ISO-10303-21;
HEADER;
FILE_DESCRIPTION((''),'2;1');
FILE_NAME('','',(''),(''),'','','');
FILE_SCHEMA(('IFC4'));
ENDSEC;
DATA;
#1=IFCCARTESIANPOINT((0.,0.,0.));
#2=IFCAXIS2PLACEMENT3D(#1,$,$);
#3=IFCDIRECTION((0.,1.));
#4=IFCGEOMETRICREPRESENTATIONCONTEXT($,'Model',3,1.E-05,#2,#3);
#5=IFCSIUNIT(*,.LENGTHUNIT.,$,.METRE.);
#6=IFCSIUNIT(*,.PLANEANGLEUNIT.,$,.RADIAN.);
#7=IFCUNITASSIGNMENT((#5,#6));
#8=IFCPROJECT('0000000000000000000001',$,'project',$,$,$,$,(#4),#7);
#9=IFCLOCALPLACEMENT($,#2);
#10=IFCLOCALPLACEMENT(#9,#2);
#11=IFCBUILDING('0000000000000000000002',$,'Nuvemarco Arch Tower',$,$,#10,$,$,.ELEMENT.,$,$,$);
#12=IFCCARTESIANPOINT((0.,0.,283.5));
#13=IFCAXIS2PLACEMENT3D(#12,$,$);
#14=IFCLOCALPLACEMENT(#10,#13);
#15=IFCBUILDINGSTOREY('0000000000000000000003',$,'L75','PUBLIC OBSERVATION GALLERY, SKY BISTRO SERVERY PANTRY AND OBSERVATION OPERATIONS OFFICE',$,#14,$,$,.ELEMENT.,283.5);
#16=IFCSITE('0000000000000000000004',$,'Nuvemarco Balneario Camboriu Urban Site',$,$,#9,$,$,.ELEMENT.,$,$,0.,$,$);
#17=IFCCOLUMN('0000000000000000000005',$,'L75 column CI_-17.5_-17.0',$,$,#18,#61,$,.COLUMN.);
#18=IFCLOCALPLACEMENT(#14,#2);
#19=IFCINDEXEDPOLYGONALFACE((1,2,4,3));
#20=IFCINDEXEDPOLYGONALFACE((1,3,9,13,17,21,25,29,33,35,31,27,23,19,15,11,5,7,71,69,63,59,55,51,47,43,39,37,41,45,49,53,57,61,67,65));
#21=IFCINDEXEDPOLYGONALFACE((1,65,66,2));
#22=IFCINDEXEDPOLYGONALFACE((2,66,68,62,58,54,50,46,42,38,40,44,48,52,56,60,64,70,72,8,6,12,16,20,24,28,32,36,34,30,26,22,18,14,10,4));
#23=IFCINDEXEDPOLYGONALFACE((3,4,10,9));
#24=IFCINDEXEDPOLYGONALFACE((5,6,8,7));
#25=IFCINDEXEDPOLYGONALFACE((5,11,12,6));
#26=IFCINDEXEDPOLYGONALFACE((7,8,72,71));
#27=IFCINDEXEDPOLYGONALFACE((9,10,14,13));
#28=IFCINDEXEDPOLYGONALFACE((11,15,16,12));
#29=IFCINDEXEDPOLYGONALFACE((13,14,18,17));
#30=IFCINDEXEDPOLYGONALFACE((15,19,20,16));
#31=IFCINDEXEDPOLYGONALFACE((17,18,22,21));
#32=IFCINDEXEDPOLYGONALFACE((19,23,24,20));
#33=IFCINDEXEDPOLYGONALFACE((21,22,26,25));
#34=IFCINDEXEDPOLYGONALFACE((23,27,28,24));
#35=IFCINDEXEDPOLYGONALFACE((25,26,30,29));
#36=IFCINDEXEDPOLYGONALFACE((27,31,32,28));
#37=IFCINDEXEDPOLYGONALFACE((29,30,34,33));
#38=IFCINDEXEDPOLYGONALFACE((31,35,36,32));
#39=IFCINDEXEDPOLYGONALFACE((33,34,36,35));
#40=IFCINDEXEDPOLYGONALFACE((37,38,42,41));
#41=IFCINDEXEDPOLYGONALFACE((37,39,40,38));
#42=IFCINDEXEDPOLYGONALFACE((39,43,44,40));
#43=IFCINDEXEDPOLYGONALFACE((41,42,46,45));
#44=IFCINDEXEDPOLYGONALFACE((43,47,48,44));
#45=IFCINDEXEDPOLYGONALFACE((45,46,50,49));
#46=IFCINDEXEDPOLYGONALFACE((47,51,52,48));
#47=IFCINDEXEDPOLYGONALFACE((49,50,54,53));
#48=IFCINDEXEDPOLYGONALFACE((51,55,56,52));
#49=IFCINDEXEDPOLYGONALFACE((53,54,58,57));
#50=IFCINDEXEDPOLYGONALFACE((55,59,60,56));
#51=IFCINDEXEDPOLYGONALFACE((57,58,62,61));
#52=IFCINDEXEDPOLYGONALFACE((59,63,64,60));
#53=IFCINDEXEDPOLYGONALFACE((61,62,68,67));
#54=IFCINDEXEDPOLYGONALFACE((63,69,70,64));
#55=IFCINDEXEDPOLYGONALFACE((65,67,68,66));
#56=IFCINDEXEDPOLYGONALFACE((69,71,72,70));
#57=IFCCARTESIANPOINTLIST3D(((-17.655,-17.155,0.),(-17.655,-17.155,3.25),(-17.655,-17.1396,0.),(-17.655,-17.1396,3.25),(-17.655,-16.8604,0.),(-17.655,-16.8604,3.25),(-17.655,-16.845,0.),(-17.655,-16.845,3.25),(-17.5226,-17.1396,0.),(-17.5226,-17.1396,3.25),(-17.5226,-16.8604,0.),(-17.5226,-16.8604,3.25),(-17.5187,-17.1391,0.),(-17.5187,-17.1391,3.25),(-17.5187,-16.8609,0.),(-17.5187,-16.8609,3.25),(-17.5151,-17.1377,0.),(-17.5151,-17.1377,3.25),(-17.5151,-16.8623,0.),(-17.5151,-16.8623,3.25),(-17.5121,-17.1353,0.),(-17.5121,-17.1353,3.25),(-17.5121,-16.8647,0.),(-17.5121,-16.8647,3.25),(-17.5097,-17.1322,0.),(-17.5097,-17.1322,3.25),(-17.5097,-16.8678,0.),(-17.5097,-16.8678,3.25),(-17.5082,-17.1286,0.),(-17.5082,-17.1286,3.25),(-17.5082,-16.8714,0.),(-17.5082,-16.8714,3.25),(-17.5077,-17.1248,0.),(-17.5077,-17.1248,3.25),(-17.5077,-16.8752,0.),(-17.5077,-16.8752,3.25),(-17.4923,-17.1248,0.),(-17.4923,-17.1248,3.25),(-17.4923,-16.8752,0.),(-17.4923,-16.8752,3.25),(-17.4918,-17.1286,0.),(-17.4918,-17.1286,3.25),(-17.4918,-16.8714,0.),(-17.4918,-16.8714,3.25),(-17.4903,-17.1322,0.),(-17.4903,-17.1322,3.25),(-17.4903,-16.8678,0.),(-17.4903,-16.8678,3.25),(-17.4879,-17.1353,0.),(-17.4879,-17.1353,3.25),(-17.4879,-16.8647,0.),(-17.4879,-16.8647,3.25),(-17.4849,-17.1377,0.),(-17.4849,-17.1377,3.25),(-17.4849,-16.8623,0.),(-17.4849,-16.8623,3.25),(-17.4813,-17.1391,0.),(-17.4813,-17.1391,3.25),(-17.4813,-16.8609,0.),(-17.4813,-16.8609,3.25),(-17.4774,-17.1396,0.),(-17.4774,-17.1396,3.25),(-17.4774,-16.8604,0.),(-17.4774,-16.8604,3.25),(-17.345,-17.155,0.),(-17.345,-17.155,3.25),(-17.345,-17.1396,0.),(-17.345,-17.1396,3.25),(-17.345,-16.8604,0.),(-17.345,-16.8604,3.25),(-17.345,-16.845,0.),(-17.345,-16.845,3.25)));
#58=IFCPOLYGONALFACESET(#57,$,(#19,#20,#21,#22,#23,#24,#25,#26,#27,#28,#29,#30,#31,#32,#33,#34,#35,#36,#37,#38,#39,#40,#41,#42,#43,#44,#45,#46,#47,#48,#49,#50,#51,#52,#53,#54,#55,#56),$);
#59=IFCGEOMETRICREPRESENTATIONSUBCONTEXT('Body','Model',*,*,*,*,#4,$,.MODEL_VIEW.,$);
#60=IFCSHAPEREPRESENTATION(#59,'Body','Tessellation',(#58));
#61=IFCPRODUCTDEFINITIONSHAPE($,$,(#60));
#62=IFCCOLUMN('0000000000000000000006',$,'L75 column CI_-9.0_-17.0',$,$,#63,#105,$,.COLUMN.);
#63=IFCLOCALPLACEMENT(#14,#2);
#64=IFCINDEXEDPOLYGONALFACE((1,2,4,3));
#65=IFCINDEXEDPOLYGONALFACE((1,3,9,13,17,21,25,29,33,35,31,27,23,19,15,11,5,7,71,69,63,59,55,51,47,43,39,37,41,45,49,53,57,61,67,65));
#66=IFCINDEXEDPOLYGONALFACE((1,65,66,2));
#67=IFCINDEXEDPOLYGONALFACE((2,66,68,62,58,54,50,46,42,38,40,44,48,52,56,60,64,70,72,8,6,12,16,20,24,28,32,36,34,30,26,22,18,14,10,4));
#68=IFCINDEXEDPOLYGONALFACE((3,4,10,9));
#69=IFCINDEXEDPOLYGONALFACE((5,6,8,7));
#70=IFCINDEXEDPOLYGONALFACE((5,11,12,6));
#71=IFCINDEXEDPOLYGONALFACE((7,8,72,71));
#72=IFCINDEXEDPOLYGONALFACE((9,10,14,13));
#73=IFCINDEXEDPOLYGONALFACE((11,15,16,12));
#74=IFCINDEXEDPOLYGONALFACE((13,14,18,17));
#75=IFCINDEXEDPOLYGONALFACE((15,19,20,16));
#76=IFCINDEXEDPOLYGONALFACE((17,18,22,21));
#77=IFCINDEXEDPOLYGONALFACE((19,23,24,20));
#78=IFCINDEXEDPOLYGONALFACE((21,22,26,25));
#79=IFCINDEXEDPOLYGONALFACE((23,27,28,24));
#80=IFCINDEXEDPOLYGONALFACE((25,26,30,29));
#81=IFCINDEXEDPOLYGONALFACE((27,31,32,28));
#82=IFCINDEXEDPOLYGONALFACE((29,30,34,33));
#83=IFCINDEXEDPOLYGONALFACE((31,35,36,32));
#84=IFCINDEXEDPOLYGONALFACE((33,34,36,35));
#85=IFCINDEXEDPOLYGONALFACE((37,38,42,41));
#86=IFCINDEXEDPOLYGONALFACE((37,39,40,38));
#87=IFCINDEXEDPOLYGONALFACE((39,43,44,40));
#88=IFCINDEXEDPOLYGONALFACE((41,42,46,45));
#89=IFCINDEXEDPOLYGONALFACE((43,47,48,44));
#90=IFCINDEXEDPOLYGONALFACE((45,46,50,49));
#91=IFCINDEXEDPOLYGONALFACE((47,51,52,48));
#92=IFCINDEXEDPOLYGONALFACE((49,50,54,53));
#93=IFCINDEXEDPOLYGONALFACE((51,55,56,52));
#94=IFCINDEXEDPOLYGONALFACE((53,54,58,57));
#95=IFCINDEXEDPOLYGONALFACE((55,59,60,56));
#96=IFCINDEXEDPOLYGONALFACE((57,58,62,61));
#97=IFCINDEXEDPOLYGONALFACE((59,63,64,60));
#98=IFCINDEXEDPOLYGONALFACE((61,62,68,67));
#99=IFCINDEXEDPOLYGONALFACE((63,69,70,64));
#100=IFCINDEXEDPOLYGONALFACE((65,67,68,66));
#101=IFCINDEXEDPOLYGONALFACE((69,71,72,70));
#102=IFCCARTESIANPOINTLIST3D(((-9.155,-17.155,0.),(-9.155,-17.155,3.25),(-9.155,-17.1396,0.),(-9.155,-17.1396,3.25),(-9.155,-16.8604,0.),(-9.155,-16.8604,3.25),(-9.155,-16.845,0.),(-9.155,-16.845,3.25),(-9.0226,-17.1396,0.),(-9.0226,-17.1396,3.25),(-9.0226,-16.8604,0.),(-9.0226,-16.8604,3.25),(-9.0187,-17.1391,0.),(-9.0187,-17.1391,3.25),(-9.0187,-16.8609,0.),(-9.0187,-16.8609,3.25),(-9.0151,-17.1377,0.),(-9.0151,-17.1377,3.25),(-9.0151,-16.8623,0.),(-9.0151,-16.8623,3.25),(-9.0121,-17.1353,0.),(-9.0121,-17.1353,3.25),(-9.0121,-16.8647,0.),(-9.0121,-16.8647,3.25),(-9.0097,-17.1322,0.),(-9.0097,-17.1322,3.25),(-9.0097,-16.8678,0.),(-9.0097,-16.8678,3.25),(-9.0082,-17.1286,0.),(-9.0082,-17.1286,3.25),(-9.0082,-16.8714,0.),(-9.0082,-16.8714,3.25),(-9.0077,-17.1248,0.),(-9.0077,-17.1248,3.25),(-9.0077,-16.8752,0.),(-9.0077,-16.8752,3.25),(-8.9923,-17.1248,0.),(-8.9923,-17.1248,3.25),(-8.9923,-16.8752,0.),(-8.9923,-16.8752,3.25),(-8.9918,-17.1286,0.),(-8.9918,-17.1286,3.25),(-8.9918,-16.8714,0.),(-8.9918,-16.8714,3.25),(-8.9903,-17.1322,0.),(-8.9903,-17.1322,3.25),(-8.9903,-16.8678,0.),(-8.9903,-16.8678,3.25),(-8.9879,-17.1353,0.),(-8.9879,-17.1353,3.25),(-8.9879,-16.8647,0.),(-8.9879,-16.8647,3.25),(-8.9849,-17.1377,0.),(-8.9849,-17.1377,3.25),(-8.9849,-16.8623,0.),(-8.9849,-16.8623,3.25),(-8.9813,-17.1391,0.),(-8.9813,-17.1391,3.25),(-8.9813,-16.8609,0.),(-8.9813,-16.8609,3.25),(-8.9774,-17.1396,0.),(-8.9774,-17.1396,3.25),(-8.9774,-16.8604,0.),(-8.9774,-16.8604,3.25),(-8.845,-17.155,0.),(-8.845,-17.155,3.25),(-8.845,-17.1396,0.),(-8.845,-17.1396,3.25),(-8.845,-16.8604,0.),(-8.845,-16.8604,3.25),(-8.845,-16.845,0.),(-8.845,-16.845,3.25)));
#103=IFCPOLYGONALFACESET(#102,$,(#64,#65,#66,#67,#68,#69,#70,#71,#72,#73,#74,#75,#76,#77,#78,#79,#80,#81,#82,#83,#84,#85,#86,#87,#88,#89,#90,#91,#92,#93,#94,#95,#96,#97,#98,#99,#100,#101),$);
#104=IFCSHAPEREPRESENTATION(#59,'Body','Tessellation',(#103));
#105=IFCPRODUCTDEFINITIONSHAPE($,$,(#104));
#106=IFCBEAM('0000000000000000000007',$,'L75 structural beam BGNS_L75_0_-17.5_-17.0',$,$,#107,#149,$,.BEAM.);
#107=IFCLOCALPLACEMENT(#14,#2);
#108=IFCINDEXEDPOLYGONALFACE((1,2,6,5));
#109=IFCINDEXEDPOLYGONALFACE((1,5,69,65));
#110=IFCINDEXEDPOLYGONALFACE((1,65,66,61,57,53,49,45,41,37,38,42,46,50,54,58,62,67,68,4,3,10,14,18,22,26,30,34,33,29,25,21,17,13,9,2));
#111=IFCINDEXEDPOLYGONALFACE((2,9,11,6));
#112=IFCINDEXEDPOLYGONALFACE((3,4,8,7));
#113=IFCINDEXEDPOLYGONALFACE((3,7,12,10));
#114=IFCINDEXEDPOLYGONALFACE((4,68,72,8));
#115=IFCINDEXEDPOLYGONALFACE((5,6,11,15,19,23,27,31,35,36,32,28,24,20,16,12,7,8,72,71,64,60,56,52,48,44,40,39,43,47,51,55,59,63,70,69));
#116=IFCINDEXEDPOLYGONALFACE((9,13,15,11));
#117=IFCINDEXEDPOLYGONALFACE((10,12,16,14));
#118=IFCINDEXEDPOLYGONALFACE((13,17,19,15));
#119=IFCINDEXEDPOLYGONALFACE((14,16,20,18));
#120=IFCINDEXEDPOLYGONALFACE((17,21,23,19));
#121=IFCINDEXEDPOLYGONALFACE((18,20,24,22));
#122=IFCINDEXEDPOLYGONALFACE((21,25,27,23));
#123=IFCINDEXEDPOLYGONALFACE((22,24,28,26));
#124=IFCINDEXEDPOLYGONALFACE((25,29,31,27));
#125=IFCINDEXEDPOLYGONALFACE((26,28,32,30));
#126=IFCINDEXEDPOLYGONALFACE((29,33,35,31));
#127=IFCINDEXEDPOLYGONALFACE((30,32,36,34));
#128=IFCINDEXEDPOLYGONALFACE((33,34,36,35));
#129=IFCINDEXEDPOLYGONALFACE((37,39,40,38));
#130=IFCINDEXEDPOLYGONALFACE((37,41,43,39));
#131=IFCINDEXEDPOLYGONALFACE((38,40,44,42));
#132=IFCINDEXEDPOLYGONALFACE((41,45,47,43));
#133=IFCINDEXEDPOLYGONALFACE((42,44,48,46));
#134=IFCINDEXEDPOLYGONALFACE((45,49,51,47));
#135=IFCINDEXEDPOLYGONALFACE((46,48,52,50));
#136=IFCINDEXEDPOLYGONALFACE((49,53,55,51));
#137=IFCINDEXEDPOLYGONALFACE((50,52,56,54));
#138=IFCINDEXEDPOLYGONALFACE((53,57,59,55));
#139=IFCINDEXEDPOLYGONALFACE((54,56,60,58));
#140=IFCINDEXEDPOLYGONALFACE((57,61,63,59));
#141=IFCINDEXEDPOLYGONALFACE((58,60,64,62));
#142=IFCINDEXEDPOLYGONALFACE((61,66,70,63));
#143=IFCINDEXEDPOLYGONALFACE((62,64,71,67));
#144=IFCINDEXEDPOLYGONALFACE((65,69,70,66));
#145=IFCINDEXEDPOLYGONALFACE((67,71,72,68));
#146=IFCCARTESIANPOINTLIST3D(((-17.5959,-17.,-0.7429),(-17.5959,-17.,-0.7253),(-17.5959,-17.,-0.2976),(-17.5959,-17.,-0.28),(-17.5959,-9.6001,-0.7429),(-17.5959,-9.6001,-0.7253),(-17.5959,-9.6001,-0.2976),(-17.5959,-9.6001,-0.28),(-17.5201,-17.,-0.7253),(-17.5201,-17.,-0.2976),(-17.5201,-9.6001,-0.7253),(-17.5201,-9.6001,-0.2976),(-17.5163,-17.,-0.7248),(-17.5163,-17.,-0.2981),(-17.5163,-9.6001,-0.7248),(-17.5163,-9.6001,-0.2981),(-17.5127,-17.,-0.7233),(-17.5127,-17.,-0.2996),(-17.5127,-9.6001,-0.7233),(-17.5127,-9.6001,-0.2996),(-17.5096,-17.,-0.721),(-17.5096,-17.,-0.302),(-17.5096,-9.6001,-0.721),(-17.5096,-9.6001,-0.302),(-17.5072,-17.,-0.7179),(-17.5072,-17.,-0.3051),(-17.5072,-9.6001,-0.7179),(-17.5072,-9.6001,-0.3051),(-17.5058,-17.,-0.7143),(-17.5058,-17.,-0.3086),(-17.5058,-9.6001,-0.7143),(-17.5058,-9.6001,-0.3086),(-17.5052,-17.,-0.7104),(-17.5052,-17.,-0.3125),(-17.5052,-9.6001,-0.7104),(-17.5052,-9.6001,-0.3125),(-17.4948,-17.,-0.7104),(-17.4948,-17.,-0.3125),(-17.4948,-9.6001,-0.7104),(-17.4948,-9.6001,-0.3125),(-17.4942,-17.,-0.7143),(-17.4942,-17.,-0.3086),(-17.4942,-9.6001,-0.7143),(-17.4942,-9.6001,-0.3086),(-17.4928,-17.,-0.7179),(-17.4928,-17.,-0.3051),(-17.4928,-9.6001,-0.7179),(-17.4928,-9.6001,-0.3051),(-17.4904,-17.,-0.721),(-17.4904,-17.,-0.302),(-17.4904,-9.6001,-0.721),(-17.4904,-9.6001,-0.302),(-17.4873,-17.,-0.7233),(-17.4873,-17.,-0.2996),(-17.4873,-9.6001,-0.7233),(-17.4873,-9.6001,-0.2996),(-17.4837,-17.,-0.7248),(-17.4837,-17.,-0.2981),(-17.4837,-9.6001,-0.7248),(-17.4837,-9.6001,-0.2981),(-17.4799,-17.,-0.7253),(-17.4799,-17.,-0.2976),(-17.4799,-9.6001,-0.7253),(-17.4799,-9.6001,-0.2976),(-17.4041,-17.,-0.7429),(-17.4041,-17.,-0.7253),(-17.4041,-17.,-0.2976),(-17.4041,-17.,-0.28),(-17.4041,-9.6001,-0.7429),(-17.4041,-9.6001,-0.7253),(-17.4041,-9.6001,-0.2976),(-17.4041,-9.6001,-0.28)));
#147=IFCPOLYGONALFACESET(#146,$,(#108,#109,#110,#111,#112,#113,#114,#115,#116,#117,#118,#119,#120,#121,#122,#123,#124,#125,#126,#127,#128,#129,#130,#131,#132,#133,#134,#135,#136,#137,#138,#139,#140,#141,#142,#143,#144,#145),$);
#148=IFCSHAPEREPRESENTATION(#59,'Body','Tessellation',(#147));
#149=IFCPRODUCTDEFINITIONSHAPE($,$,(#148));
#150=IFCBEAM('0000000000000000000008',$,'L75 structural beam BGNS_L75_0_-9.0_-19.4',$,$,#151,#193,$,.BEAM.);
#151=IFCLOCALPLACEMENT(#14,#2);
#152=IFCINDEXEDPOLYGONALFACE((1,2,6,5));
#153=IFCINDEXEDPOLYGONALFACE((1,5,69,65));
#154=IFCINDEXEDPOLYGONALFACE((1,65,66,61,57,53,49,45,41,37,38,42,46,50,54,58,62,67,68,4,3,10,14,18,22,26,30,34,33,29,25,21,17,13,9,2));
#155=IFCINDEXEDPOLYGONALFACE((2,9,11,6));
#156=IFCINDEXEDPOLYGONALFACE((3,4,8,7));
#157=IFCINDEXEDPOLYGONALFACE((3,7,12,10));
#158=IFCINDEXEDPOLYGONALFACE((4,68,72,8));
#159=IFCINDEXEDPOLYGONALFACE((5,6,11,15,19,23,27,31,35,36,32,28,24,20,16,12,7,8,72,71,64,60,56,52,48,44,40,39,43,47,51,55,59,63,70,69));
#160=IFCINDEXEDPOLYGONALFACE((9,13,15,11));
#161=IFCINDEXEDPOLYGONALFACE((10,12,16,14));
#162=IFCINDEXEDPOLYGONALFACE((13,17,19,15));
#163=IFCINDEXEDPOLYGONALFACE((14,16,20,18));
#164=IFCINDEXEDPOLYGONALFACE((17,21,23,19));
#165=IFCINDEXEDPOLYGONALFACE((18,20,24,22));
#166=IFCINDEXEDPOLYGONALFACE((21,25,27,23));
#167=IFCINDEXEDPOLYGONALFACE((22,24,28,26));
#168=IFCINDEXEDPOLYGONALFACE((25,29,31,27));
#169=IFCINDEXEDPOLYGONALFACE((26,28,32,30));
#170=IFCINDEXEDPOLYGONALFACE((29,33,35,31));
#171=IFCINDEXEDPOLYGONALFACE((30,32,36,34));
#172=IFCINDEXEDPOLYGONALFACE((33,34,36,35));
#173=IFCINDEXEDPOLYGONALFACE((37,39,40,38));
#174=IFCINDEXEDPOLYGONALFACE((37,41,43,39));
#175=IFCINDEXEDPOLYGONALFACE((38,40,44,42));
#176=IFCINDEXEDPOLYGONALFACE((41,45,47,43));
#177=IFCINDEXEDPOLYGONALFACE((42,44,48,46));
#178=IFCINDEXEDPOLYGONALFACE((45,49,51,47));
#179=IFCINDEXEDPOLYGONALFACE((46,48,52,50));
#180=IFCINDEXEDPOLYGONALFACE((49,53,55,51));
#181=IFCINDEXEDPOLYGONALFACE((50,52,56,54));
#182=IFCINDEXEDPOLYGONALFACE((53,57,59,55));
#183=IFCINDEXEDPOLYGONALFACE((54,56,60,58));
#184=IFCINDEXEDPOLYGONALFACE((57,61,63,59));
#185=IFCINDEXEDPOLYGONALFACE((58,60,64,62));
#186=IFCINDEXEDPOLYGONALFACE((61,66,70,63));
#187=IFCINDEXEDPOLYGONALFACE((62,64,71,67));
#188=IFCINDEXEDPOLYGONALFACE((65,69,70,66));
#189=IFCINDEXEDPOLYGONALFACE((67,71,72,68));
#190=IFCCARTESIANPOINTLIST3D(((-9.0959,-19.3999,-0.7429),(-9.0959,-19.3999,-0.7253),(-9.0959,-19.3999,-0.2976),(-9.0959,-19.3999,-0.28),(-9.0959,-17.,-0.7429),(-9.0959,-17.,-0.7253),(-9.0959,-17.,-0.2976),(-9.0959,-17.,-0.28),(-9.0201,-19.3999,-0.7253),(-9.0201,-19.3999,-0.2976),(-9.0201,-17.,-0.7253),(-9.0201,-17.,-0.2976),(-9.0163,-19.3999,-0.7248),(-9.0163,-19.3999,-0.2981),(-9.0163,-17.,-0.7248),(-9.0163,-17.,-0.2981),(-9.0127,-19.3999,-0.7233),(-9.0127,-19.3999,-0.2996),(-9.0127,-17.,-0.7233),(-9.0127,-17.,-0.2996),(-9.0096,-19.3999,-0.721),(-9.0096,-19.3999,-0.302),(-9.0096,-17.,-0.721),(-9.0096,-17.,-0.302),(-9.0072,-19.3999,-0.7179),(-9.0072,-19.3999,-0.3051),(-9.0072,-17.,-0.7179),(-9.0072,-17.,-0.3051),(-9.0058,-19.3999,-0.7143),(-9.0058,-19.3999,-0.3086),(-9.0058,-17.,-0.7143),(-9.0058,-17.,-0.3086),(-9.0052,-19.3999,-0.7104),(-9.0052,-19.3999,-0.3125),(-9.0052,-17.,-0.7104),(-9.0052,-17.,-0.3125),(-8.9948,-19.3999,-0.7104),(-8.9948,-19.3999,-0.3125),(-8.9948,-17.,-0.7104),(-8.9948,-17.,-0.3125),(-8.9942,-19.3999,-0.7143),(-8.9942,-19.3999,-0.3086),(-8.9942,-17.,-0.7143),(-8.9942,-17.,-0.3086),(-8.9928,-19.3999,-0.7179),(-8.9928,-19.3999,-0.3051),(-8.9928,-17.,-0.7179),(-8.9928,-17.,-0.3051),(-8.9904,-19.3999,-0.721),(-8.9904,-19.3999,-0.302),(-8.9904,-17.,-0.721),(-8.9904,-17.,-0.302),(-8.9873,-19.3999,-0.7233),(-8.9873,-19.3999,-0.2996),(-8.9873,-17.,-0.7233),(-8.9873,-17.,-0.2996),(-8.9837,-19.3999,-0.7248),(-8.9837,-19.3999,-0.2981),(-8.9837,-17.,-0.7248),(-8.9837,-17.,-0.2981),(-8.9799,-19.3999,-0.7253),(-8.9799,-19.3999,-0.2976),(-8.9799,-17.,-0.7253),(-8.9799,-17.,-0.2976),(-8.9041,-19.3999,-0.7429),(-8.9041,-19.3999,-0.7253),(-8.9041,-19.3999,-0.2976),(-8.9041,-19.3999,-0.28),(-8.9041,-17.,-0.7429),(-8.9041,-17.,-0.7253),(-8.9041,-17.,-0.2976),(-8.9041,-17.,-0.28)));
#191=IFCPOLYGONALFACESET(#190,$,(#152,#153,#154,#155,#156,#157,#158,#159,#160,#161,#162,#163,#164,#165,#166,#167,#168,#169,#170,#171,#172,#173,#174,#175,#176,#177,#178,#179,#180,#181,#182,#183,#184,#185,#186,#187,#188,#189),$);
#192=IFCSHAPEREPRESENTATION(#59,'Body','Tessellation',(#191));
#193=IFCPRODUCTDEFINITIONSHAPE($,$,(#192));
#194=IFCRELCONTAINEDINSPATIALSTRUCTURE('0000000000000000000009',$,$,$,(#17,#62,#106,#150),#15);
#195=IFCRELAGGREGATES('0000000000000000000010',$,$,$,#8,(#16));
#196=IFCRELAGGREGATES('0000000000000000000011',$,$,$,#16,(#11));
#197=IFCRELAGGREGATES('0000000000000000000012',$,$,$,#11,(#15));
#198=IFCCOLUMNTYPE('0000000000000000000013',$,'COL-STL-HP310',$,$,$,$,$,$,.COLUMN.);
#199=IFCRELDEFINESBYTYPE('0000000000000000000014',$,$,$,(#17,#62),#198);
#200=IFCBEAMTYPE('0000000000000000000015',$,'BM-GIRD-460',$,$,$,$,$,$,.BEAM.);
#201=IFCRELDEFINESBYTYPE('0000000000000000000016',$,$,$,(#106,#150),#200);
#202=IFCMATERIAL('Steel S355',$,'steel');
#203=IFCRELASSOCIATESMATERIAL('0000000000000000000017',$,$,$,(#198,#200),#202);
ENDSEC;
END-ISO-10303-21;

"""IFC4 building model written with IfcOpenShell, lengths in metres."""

from ifc_helpers import new_model, si_unit, direction, frame, origin, origin_2d, place, context, subcontext, project, spatial, i_section, extrude, material, material_profile, profile_set, type_object, element, save


model = new_model("IFC4")

# Units and contexts
model_context = context("Model", 3, precision=1e-05, world=origin(), true_north=direction((0.0, 1.0)))
body_context = subcontext(model_context, "Body", "Model", "MODEL_VIEW")
ifc_project = project(units=[si_unit("LENGTHUNIT", "METRE"), si_unit("PLANEANGLEUNIT", "RADIAN")], contexts=[model_context])

# Site, building, storey
site_placement = place(None, origin())
site = spatial("IfcSite", under=ifc_project, at=site_placement, Name="Nuvemarco Balneario Camboriu Urban Site", CompositionType="ELEMENT", RefElevation=0.0)
building_placement = place(site_placement, origin())
building = spatial("IfcBuilding", under=site, at=building_placement, Name="Nuvemarco Arch Tower", CompositionType="ELEMENT")
storey_placement = place(building_placement, frame((0.0, 0.0, 283.5)))
storey = spatial("IfcBuildingStorey", under=building, at=storey_placement, Name="L75", Description="PUBLIC OBSERVATION GALLERY, SKY BISTRO SERVERY PANTRY AND OBSERVATION OPERATIONS OFFICE", CompositionType="ELEMENT", Elevation=283.5)

# Columns
ifc_material_1 = material(Name="Steel S355", Category="steel")
ifc_material_profile_1 = material_profile(ifc_material_1, i_section(OverallWidth=0.3101, OverallDepth=0.3101, WebThickness=0.0154, FlangeThickness=0.0154, FilletRadius=0.0149, at=origin_2d()), Name="HP310x110")
ifc_profile_set_1 = profile_set([ifc_material_profile_1], Name="Steel S355")
column_type_1 = type_object("IfcColumnType", Name="COL-STL-HP310", PredefinedType="COLUMN", material=ifc_profile_set_1)
for number, where, z_axis, x_axis, name in (
    (1, (-17.5, -17.0, 0.0), (0.0, 0.0, 1.0), (1.0, 0.0, 0.0), "L75 column CI_-17.5_-17.0"),
    (2, (-9.0, -17.0, 0.0), (0.0, 0.0, 1.0), (1.0, 0.0, 0.0), "L75 column CI_-9.0_-17.0"),
):
    element("IfcColumn", number, at=place(storey_placement, frame(where, z_axis=z_axis, x_axis=x_axis)), inside=storey, type_object=column_type_1, Name=name, PredefinedType="COLUMN", context=body_context, shape_type="SweptSolid", body=[
        extrude(i_section(OverallWidth=0.3101, OverallDepth=0.3101, WebThickness=0.0154, FlangeThickness=0.0154, FilletRadius=0.0149, at=origin_2d()), origin(), (0.0, 0.0, 1.0), 3.25),
    ])

# Beams
ifc_material_profile_2 = material_profile(ifc_material_1, i_section(OverallWidth=0.1919, OverallDepth=0.4629, WebThickness=0.0105, FlangeThickness=0.0176, FilletRadius=0.0149, at=origin_2d()), Name="W460x89")
ifc_profile_set_2 = profile_set([ifc_material_profile_2], Name="Steel S355")
beam_type_1 = type_object("IfcBeamType", Name="BM-GIRD-460", PredefinedType="BEAM", material=ifc_profile_set_2)
beam_1_placement = place(storey_placement, frame((-17.5, -17.0, -0.5115), z_axis=(0.0, 1.0, 0.0), x_axis=(-1.0, 0.0, 0.0)))
element("IfcBeam", 3, at=beam_1_placement, inside=storey, type_object=beam_type_1, Name="L75 structural beam BGNS_L75_0_-17.5_-17.0", PredefinedType="BEAM", context=body_context, shape_type="SweptSolid", body=[
    extrude(i_section(OverallWidth=0.1919, OverallDepth=0.4629, WebThickness=0.0105, FlangeThickness=0.0176, FilletRadius=0.0149, at=origin_2d()), origin(), (0.0, 0.0, 1.0), 7.3999),
])
beam_2_placement = place(storey_placement, frame((-9.0, -19.3999, -0.5115), z_axis=(0.0, 1.0, 0.0), x_axis=(-1.0, 0.0, 0.0)))
element("IfcBeam", 4, at=beam_2_placement, inside=storey, type_object=beam_type_1, Name="L75 structural beam BGNS_L75_0_-9.0_-19.4", PredefinedType="BEAM", context=body_context, shape_type="SweptSolid", body=[
    extrude(i_section(OverallWidth=0.1919, OverallDepth=0.4629, WebThickness=0.0105, FlangeThickness=0.0176, FilletRadius=0.0149, at=origin_2d()), origin(), (0.0, 0.0, 1.0), 2.3999),
])

save(model, "model.ifc")
